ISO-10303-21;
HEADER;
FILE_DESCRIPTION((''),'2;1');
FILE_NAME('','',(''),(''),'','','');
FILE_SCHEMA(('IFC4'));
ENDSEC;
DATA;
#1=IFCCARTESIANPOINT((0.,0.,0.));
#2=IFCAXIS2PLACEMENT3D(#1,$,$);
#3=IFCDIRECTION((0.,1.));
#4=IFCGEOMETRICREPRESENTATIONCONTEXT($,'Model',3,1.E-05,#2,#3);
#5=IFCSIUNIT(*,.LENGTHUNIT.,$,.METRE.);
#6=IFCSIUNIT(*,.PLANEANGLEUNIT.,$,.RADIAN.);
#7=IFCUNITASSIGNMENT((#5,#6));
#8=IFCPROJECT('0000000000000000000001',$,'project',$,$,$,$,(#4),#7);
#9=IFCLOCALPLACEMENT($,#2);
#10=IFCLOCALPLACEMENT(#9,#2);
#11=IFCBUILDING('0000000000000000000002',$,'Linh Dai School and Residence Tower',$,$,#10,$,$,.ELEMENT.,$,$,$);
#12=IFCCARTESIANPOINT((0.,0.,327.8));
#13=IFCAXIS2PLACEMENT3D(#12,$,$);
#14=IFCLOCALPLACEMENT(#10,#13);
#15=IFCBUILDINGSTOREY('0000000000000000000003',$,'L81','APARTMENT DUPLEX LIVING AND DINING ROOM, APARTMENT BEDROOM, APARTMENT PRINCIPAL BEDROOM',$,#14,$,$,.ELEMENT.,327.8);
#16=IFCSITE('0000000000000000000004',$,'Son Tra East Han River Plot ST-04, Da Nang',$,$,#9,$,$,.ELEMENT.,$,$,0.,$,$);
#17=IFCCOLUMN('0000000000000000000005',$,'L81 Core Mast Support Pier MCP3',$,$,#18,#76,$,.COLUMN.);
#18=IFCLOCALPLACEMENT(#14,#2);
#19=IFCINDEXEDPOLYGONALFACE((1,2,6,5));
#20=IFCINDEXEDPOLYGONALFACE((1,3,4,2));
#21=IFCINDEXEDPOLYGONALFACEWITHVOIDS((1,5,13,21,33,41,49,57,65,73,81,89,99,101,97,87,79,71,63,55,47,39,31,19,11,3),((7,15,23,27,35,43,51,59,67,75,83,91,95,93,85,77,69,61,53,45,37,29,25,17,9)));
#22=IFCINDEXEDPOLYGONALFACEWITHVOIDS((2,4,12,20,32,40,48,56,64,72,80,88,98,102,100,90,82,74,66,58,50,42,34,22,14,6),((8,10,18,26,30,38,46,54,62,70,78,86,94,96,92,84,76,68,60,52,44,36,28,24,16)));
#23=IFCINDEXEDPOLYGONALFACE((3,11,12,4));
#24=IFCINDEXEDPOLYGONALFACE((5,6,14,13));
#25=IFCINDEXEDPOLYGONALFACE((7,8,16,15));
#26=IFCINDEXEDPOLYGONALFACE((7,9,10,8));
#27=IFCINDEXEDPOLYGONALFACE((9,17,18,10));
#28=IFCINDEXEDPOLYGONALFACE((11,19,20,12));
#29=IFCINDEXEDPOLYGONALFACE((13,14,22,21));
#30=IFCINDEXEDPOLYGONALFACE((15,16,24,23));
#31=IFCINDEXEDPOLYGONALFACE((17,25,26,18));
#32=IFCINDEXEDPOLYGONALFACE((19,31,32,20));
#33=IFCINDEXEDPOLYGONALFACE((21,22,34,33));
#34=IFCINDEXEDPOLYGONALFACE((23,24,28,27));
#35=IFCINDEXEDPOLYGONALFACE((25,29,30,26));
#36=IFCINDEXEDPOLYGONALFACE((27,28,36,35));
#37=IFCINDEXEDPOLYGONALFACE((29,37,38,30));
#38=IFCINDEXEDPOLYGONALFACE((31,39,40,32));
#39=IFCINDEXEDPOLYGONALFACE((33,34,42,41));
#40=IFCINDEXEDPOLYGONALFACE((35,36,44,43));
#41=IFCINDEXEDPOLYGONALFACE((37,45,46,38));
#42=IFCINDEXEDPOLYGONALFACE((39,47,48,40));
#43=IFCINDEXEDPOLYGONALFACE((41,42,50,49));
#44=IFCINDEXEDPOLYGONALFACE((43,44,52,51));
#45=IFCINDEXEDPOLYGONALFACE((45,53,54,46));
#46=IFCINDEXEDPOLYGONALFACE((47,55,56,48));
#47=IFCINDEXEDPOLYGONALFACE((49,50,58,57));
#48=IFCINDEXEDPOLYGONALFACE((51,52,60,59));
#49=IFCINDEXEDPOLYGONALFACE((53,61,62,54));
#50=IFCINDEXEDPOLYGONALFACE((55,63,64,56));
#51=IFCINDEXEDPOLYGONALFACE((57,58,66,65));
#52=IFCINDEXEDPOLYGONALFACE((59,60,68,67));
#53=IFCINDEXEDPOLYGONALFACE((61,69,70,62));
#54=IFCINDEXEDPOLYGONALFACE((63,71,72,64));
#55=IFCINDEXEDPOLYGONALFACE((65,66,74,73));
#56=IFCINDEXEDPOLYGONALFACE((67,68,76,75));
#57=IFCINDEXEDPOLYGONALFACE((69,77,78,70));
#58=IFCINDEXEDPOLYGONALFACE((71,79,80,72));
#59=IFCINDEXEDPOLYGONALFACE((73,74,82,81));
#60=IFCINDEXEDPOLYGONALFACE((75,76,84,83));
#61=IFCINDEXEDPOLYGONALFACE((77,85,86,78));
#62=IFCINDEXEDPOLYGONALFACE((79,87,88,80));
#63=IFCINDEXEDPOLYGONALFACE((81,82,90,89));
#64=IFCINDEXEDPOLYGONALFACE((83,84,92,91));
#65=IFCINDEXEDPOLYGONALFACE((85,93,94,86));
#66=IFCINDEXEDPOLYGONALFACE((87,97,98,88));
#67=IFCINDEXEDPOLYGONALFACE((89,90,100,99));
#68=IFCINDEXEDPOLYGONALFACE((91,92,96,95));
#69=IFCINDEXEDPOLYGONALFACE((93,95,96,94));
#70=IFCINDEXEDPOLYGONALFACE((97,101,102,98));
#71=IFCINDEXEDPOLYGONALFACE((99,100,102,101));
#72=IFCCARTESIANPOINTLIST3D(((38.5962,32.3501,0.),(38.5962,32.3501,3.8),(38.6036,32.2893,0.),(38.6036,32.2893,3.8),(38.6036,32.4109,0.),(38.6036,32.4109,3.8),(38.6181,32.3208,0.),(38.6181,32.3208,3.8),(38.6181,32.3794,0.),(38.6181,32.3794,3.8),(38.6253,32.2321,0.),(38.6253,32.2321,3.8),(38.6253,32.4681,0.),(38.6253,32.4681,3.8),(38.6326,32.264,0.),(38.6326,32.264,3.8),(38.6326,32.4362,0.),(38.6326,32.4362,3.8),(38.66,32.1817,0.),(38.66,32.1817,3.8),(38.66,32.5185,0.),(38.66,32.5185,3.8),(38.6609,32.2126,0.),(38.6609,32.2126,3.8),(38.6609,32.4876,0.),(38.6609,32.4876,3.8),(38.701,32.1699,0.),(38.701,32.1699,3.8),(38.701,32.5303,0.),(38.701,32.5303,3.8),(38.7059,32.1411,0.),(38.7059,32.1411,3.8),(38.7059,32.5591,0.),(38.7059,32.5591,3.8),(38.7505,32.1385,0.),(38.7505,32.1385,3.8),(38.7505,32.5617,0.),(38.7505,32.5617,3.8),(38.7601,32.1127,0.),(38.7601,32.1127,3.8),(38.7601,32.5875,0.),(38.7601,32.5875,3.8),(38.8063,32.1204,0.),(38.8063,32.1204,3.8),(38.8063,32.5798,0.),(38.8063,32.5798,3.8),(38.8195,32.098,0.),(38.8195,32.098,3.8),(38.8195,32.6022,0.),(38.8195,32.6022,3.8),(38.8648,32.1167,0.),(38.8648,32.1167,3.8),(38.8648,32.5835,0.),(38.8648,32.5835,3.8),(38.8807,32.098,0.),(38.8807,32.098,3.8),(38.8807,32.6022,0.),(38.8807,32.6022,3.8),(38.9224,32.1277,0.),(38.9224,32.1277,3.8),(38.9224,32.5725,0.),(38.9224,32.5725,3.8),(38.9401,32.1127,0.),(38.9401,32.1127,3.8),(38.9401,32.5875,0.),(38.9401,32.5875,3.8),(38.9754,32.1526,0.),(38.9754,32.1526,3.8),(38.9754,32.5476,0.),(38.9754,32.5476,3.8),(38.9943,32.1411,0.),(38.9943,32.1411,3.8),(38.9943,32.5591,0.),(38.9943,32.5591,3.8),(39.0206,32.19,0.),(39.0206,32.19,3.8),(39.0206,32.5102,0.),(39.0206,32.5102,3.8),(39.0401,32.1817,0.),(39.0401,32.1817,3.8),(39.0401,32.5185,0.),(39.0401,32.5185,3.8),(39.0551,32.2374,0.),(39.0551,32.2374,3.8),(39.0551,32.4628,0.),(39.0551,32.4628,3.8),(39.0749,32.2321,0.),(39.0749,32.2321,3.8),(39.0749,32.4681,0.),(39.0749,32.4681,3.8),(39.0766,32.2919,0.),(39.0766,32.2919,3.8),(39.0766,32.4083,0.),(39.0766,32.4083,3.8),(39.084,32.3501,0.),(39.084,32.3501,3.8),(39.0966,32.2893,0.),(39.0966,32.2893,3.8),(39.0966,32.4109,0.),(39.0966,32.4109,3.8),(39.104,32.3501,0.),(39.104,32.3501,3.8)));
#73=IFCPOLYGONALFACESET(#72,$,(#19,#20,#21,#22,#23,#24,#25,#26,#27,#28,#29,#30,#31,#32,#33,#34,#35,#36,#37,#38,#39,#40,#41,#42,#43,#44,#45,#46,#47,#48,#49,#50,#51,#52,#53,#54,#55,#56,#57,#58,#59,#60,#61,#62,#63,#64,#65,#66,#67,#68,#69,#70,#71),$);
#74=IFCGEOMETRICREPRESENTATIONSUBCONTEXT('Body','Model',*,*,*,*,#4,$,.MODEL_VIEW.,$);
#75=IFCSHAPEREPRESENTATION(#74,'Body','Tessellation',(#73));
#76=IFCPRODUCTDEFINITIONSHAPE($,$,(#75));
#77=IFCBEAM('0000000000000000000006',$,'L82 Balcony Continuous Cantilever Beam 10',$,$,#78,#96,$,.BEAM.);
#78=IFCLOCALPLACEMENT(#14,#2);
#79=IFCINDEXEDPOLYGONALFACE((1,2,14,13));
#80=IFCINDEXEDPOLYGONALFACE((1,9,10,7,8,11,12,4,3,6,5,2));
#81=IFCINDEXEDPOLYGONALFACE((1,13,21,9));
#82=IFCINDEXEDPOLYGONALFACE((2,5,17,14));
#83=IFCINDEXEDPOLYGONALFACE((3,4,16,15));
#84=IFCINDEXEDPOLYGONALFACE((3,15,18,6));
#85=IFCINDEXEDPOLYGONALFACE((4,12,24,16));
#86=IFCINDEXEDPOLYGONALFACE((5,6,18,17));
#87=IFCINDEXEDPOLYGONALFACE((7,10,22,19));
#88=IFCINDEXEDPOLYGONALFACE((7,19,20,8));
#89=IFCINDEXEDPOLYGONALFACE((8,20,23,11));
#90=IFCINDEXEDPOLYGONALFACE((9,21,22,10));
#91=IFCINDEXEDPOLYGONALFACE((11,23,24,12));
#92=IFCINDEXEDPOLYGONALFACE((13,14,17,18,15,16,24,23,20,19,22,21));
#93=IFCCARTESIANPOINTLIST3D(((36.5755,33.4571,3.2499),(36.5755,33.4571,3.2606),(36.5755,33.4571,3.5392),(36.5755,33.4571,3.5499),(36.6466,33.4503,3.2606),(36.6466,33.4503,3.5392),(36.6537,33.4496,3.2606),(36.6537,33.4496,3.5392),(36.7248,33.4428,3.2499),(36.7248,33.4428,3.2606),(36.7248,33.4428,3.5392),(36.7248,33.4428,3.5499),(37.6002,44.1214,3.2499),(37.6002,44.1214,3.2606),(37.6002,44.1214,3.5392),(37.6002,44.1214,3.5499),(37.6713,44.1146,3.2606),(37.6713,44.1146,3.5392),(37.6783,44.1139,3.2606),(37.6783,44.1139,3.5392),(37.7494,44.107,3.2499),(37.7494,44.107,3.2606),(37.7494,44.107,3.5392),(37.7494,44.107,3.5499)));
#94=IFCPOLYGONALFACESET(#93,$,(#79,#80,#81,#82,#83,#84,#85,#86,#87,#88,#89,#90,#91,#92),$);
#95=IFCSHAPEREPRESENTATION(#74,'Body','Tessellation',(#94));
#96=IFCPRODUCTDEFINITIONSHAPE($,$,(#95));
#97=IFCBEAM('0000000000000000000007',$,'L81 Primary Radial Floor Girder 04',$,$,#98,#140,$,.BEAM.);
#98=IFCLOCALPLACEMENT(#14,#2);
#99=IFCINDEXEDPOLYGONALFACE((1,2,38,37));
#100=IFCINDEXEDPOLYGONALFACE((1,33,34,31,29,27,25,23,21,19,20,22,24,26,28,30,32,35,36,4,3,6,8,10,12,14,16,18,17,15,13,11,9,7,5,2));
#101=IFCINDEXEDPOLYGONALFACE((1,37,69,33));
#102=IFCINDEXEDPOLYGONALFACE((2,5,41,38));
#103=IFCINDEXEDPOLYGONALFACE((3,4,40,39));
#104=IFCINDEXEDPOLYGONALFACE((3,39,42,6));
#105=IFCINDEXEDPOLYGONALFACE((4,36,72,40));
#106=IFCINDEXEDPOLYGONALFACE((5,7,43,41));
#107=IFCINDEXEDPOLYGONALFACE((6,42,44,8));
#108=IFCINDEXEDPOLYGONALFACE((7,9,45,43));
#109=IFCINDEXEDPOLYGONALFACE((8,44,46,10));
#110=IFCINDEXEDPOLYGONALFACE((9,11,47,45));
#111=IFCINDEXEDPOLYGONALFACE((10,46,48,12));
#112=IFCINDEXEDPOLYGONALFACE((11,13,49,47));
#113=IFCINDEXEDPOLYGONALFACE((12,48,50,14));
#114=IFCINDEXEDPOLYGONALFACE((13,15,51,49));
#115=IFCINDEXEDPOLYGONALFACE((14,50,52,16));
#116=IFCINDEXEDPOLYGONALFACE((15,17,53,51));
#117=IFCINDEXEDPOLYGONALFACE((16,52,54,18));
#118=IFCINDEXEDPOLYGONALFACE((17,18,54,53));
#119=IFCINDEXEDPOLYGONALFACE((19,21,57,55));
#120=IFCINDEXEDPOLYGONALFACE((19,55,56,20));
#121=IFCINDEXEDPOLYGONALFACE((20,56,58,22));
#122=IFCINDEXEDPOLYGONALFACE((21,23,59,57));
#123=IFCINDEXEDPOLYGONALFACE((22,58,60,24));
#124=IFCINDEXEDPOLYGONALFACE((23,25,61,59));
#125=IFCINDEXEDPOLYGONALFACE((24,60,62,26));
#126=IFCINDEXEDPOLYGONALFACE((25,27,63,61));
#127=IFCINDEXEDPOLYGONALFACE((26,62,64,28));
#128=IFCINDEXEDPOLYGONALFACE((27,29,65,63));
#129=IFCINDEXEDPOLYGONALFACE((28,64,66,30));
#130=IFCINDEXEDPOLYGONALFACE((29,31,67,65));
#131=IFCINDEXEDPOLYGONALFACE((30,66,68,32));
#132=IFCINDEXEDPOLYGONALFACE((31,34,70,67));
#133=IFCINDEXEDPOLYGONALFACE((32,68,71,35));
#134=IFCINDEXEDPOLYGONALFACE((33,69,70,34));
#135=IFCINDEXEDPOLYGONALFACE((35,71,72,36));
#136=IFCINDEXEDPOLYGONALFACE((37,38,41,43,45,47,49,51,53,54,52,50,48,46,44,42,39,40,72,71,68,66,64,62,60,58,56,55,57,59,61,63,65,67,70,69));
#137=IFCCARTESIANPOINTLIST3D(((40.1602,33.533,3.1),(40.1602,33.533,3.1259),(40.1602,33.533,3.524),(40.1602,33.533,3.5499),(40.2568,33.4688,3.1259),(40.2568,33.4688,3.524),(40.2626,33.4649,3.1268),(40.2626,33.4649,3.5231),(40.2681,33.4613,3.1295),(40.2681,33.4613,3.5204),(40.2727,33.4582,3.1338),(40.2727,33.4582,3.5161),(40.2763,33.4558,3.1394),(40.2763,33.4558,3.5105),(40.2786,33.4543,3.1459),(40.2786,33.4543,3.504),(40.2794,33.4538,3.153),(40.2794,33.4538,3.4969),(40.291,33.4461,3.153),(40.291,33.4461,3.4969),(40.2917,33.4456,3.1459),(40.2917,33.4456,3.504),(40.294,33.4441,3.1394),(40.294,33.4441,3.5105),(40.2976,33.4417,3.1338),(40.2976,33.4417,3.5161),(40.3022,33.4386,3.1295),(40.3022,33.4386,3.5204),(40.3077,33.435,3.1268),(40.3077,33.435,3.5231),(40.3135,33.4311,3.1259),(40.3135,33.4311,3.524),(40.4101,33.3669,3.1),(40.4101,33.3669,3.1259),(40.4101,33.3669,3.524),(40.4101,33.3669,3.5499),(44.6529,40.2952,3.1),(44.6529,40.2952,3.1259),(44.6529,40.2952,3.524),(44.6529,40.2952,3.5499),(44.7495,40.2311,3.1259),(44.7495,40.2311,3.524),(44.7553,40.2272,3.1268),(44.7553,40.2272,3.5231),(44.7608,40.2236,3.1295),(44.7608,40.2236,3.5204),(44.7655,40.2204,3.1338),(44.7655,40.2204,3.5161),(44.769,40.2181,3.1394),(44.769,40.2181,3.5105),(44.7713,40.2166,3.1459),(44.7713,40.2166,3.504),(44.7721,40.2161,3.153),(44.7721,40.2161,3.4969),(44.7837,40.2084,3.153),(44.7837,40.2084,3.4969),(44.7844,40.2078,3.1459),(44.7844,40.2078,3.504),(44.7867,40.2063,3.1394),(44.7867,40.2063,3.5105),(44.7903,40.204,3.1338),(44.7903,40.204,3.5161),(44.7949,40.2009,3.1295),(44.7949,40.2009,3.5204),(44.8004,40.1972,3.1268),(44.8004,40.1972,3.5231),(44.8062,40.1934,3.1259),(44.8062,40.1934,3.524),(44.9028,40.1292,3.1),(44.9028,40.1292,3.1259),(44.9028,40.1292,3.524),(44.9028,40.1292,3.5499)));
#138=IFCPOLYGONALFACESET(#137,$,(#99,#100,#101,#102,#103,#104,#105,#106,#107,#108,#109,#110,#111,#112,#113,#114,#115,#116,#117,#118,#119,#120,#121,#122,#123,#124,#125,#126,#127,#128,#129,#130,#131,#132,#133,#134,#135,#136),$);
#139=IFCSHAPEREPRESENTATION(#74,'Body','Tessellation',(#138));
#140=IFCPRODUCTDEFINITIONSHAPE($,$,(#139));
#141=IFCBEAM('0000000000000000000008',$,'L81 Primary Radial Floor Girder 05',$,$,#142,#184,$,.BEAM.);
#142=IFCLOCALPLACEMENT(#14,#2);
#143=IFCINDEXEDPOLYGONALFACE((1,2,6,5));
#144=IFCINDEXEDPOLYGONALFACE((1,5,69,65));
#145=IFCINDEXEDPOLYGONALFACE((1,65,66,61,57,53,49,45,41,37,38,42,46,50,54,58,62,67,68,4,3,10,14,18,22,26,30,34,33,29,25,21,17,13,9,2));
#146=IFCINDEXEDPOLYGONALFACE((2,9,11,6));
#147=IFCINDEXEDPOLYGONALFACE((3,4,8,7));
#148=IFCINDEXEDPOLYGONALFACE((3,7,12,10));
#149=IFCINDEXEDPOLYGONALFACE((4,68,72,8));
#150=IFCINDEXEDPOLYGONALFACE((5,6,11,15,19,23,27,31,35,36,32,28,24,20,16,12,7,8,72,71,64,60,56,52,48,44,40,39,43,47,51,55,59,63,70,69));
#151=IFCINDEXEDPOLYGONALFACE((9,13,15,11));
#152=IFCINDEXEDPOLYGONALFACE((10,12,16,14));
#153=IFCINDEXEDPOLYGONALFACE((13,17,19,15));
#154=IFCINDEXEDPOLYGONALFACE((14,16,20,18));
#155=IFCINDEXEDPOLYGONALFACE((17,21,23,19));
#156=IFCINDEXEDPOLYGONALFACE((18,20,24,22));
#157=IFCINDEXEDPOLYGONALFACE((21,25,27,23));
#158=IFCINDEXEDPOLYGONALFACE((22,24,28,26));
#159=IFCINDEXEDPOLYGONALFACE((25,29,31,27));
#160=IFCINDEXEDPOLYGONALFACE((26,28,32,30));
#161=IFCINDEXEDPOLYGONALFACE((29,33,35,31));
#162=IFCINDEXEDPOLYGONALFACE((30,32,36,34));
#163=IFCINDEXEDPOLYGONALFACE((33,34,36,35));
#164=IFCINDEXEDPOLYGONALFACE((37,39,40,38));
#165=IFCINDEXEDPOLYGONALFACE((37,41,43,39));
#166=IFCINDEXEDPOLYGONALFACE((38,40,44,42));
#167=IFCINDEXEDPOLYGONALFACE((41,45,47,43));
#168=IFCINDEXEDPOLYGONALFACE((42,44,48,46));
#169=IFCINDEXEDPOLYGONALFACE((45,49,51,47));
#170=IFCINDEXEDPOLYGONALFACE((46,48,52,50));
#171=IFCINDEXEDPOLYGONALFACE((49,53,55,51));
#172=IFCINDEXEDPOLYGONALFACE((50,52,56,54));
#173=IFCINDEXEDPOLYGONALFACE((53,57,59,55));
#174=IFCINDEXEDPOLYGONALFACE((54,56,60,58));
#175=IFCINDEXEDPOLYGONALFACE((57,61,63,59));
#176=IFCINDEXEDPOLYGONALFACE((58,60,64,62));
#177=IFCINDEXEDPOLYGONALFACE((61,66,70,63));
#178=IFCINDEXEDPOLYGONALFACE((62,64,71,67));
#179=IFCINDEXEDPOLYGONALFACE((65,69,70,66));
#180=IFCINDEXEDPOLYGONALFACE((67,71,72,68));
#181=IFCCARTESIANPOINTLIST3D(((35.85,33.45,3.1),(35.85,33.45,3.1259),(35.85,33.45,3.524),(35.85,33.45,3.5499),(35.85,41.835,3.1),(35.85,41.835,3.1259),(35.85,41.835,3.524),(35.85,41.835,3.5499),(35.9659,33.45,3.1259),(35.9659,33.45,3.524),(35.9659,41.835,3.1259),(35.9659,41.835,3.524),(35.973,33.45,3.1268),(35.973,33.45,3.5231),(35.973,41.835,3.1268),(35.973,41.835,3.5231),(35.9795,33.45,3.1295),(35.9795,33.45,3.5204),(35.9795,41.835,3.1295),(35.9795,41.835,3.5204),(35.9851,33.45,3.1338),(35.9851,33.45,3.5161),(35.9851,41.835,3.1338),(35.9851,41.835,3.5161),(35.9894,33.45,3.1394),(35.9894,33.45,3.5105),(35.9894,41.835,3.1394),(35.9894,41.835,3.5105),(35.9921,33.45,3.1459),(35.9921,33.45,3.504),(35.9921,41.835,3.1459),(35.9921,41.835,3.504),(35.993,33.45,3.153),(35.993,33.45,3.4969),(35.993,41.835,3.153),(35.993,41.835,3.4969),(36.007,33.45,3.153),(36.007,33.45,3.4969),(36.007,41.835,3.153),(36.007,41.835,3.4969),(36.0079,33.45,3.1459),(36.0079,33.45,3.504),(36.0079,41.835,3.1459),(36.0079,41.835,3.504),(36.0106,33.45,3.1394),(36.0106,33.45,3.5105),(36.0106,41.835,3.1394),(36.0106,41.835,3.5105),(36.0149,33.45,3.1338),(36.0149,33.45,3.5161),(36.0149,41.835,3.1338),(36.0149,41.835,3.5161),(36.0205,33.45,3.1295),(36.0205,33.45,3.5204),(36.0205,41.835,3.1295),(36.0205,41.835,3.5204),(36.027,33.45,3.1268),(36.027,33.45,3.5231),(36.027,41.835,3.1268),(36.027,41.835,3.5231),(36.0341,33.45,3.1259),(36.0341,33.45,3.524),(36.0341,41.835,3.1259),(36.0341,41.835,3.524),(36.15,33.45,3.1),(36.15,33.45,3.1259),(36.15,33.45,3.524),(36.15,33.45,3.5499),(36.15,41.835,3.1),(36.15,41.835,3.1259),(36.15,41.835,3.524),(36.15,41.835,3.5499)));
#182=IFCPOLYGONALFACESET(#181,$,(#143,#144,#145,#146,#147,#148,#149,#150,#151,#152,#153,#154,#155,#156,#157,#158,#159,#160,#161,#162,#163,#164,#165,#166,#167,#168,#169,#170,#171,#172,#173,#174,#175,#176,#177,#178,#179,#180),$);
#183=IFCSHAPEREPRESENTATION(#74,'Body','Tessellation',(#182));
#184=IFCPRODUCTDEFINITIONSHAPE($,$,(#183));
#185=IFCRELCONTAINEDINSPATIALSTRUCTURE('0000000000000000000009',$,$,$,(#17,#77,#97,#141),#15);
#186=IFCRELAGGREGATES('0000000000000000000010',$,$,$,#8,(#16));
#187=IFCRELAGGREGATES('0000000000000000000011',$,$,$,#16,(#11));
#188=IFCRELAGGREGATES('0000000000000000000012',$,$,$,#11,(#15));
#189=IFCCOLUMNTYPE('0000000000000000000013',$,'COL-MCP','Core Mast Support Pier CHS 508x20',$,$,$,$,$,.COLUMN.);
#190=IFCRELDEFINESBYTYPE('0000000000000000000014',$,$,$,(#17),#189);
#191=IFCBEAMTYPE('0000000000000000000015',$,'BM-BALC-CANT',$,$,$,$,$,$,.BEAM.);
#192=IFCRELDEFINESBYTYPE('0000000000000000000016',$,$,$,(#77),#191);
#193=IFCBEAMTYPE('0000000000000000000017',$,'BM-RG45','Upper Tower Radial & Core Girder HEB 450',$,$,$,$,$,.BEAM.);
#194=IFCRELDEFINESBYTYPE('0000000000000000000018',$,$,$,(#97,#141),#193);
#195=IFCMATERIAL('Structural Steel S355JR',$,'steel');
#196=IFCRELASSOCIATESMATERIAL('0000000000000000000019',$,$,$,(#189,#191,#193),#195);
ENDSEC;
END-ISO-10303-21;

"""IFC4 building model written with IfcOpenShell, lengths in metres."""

from ifc_helpers import new_model, si_unit, direction, frame, origin, origin_2d, place, context, subcontext, project, spatial, hollow_circle, i_section, extrude, material, material_profile, profile_set, type_object, element, save


model = new_model("IFC4")

# Units and contexts
model_context = context("Model", 3, precision=1e-05, world=origin(), true_north=direction((0.0, 1.0)))
body_context = subcontext(model_context, "Body", "Model", "MODEL_VIEW")
ifc_project = project(units=[si_unit("LENGTHUNIT", "METRE"), si_unit("PLANEANGLEUNIT", "RADIAN")], contexts=[model_context])

# Site, building, storey
site_placement = place(None, origin())
site = spatial("IfcSite", under=ifc_project, at=site_placement, Name="Son Tra East Han River Plot ST-04, Da Nang", CompositionType="ELEMENT", RefElevation=0.0)
building_placement = place(site_placement, origin())
building = spatial("IfcBuilding", under=site, at=building_placement, Name="Linh Dai School and Residence Tower", CompositionType="ELEMENT")
storey_placement = place(building_placement, frame((0.0, 0.0, 327.8)))
storey = spatial("IfcBuildingStorey", under=building, at=storey_placement, Name="L81", Description="APARTMENT DUPLEX LIVING AND DINING ROOM, APARTMENT BEDROOM, APARTMENT PRINCIPAL BEDROOM", CompositionType="ELEMENT", Elevation=327.8)

# Column
ifc_material_1 = material(Name="Structural Steel S355JR", Category="steel")
ifc_material_profile_1 = material_profile(ifc_material_1, hollow_circle(Radius=0.2539, WallThickness=0.02, at=origin_2d()), Name="CHS 508x20")
ifc_profile_set_1 = profile_set([ifc_material_profile_1], Name="Structural Steel S355JR")
column_type = type_object("IfcColumnType", Name="COL-MCP", Description="Core Mast Support Pier CHS 508x20", PredefinedType="COLUMN", material=ifc_profile_set_1)
column_placement = place(storey_placement, frame((38.8501, 32.3501, 0.0), z_axis=(0.0, 0.0, 1.0), x_axis=(1.0, 0.0, 0.0)))
element("IfcColumn", 1, at=column_placement, inside=storey, type_object=column_type, Name="L81 Core Mast Support Pier MCP3", PredefinedType="COLUMN", context=body_context, shape_type="SweptSolid", body=[
    extrude(hollow_circle(Radius=0.2539, WallThickness=0.02, at=origin_2d()), origin(), (0.0, 0.0, 1.0), 3.8),
])

# Beams
ifc_material_profile_2 = material_profile(ifc_material_1, i_section(OverallWidth=0.1499, OverallDepth=0.3, WebThickness=0.0071, FlangeThickness=0.0107, at=origin_2d()), Name="IPE 300")
ifc_profile_set_2 = profile_set([ifc_material_profile_2], Name="Structural Steel S355JR")
beam_type_1 = type_object("IfcBeamType", Name="BM-BALC-CANT", PredefinedType="BEAM", material=ifc_profile_set_2)
beam_1_placement = place(storey_placement, frame((36.6501, 33.45, 3.3999), z_axis=(0.095642, 0.995416, 0.0), x_axis=(-0.995416, 0.095642, 0.0)))
element("IfcBeam", 2, at=beam_1_placement, inside=storey, type_object=beam_type_1, Name="L82 Balcony Continuous Cantilever Beam 10", PredefinedType="BEAM", context=body_context, shape_type="SweptSolid", body=[
    extrude(i_section(OverallWidth=0.1499, OverallDepth=0.3, WebThickness=0.0071, FlangeThickness=0.0107, at=origin_2d()), origin(), (0.0, 0.0, 1.0), 10.7134),
])
ifc_material_profile_3 = material_profile(ifc_material_1, i_section(OverallWidth=0.3, OverallDepth=0.45, WebThickness=0.0139, FlangeThickness=0.0259, FilletRadius=0.0271, at=origin_2d()), Name="HEB 450")
ifc_profile_set_3 = profile_set([ifc_material_profile_3], Name="Structural Steel S355JR")
beam_type_2 = type_object("IfcBeamType", Name="BM-RG45", Description="Upper Tower Radial & Core Girder HEB 450", PredefinedType="BEAM", material=ifc_profile_set_3)
beam_2_placement = place(storey_placement, frame((40.2852, 33.45, 3.325), z_axis=(0.553381, 0.832928, 0.0), x_axis=(-0.832928, 0.553381, 0.0)))
element("IfcBeam", 3, at=beam_2_placement, inside=storey, type_object=beam_type_2, Name="L81 Primary Radial Floor Girder 04", PredefinedType="BEAM", context=body_context, shape_type="SweptSolid", body=[
    extrude(i_section(OverallWidth=0.3, OverallDepth=0.45, WebThickness=0.0139, FlangeThickness=0.0259, FilletRadius=0.0271, at=origin_2d()), origin(), (0.0, 0.0, 1.0), 8.1187),
])
beam_3_placement = place(storey_placement, frame((36.0, 33.45, 3.325), z_axis=(0.0, 1.0, 0.0), x_axis=(-1.0, 0.0, 0.0)))
element("IfcBeam", 4, at=beam_3_placement, inside=storey, type_object=beam_type_2, Name="L81 Primary Radial Floor Girder 05", PredefinedType="BEAM", context=body_context, shape_type="SweptSolid", body=[
    extrude(i_section(OverallWidth=0.3, OverallDepth=0.45, WebThickness=0.0139, FlangeThickness=0.0259, FilletRadius=0.0271, at=origin_2d()), origin(), (0.0, 0.0, 1.0), 8.385),
])

save(model, "model.ifc")
